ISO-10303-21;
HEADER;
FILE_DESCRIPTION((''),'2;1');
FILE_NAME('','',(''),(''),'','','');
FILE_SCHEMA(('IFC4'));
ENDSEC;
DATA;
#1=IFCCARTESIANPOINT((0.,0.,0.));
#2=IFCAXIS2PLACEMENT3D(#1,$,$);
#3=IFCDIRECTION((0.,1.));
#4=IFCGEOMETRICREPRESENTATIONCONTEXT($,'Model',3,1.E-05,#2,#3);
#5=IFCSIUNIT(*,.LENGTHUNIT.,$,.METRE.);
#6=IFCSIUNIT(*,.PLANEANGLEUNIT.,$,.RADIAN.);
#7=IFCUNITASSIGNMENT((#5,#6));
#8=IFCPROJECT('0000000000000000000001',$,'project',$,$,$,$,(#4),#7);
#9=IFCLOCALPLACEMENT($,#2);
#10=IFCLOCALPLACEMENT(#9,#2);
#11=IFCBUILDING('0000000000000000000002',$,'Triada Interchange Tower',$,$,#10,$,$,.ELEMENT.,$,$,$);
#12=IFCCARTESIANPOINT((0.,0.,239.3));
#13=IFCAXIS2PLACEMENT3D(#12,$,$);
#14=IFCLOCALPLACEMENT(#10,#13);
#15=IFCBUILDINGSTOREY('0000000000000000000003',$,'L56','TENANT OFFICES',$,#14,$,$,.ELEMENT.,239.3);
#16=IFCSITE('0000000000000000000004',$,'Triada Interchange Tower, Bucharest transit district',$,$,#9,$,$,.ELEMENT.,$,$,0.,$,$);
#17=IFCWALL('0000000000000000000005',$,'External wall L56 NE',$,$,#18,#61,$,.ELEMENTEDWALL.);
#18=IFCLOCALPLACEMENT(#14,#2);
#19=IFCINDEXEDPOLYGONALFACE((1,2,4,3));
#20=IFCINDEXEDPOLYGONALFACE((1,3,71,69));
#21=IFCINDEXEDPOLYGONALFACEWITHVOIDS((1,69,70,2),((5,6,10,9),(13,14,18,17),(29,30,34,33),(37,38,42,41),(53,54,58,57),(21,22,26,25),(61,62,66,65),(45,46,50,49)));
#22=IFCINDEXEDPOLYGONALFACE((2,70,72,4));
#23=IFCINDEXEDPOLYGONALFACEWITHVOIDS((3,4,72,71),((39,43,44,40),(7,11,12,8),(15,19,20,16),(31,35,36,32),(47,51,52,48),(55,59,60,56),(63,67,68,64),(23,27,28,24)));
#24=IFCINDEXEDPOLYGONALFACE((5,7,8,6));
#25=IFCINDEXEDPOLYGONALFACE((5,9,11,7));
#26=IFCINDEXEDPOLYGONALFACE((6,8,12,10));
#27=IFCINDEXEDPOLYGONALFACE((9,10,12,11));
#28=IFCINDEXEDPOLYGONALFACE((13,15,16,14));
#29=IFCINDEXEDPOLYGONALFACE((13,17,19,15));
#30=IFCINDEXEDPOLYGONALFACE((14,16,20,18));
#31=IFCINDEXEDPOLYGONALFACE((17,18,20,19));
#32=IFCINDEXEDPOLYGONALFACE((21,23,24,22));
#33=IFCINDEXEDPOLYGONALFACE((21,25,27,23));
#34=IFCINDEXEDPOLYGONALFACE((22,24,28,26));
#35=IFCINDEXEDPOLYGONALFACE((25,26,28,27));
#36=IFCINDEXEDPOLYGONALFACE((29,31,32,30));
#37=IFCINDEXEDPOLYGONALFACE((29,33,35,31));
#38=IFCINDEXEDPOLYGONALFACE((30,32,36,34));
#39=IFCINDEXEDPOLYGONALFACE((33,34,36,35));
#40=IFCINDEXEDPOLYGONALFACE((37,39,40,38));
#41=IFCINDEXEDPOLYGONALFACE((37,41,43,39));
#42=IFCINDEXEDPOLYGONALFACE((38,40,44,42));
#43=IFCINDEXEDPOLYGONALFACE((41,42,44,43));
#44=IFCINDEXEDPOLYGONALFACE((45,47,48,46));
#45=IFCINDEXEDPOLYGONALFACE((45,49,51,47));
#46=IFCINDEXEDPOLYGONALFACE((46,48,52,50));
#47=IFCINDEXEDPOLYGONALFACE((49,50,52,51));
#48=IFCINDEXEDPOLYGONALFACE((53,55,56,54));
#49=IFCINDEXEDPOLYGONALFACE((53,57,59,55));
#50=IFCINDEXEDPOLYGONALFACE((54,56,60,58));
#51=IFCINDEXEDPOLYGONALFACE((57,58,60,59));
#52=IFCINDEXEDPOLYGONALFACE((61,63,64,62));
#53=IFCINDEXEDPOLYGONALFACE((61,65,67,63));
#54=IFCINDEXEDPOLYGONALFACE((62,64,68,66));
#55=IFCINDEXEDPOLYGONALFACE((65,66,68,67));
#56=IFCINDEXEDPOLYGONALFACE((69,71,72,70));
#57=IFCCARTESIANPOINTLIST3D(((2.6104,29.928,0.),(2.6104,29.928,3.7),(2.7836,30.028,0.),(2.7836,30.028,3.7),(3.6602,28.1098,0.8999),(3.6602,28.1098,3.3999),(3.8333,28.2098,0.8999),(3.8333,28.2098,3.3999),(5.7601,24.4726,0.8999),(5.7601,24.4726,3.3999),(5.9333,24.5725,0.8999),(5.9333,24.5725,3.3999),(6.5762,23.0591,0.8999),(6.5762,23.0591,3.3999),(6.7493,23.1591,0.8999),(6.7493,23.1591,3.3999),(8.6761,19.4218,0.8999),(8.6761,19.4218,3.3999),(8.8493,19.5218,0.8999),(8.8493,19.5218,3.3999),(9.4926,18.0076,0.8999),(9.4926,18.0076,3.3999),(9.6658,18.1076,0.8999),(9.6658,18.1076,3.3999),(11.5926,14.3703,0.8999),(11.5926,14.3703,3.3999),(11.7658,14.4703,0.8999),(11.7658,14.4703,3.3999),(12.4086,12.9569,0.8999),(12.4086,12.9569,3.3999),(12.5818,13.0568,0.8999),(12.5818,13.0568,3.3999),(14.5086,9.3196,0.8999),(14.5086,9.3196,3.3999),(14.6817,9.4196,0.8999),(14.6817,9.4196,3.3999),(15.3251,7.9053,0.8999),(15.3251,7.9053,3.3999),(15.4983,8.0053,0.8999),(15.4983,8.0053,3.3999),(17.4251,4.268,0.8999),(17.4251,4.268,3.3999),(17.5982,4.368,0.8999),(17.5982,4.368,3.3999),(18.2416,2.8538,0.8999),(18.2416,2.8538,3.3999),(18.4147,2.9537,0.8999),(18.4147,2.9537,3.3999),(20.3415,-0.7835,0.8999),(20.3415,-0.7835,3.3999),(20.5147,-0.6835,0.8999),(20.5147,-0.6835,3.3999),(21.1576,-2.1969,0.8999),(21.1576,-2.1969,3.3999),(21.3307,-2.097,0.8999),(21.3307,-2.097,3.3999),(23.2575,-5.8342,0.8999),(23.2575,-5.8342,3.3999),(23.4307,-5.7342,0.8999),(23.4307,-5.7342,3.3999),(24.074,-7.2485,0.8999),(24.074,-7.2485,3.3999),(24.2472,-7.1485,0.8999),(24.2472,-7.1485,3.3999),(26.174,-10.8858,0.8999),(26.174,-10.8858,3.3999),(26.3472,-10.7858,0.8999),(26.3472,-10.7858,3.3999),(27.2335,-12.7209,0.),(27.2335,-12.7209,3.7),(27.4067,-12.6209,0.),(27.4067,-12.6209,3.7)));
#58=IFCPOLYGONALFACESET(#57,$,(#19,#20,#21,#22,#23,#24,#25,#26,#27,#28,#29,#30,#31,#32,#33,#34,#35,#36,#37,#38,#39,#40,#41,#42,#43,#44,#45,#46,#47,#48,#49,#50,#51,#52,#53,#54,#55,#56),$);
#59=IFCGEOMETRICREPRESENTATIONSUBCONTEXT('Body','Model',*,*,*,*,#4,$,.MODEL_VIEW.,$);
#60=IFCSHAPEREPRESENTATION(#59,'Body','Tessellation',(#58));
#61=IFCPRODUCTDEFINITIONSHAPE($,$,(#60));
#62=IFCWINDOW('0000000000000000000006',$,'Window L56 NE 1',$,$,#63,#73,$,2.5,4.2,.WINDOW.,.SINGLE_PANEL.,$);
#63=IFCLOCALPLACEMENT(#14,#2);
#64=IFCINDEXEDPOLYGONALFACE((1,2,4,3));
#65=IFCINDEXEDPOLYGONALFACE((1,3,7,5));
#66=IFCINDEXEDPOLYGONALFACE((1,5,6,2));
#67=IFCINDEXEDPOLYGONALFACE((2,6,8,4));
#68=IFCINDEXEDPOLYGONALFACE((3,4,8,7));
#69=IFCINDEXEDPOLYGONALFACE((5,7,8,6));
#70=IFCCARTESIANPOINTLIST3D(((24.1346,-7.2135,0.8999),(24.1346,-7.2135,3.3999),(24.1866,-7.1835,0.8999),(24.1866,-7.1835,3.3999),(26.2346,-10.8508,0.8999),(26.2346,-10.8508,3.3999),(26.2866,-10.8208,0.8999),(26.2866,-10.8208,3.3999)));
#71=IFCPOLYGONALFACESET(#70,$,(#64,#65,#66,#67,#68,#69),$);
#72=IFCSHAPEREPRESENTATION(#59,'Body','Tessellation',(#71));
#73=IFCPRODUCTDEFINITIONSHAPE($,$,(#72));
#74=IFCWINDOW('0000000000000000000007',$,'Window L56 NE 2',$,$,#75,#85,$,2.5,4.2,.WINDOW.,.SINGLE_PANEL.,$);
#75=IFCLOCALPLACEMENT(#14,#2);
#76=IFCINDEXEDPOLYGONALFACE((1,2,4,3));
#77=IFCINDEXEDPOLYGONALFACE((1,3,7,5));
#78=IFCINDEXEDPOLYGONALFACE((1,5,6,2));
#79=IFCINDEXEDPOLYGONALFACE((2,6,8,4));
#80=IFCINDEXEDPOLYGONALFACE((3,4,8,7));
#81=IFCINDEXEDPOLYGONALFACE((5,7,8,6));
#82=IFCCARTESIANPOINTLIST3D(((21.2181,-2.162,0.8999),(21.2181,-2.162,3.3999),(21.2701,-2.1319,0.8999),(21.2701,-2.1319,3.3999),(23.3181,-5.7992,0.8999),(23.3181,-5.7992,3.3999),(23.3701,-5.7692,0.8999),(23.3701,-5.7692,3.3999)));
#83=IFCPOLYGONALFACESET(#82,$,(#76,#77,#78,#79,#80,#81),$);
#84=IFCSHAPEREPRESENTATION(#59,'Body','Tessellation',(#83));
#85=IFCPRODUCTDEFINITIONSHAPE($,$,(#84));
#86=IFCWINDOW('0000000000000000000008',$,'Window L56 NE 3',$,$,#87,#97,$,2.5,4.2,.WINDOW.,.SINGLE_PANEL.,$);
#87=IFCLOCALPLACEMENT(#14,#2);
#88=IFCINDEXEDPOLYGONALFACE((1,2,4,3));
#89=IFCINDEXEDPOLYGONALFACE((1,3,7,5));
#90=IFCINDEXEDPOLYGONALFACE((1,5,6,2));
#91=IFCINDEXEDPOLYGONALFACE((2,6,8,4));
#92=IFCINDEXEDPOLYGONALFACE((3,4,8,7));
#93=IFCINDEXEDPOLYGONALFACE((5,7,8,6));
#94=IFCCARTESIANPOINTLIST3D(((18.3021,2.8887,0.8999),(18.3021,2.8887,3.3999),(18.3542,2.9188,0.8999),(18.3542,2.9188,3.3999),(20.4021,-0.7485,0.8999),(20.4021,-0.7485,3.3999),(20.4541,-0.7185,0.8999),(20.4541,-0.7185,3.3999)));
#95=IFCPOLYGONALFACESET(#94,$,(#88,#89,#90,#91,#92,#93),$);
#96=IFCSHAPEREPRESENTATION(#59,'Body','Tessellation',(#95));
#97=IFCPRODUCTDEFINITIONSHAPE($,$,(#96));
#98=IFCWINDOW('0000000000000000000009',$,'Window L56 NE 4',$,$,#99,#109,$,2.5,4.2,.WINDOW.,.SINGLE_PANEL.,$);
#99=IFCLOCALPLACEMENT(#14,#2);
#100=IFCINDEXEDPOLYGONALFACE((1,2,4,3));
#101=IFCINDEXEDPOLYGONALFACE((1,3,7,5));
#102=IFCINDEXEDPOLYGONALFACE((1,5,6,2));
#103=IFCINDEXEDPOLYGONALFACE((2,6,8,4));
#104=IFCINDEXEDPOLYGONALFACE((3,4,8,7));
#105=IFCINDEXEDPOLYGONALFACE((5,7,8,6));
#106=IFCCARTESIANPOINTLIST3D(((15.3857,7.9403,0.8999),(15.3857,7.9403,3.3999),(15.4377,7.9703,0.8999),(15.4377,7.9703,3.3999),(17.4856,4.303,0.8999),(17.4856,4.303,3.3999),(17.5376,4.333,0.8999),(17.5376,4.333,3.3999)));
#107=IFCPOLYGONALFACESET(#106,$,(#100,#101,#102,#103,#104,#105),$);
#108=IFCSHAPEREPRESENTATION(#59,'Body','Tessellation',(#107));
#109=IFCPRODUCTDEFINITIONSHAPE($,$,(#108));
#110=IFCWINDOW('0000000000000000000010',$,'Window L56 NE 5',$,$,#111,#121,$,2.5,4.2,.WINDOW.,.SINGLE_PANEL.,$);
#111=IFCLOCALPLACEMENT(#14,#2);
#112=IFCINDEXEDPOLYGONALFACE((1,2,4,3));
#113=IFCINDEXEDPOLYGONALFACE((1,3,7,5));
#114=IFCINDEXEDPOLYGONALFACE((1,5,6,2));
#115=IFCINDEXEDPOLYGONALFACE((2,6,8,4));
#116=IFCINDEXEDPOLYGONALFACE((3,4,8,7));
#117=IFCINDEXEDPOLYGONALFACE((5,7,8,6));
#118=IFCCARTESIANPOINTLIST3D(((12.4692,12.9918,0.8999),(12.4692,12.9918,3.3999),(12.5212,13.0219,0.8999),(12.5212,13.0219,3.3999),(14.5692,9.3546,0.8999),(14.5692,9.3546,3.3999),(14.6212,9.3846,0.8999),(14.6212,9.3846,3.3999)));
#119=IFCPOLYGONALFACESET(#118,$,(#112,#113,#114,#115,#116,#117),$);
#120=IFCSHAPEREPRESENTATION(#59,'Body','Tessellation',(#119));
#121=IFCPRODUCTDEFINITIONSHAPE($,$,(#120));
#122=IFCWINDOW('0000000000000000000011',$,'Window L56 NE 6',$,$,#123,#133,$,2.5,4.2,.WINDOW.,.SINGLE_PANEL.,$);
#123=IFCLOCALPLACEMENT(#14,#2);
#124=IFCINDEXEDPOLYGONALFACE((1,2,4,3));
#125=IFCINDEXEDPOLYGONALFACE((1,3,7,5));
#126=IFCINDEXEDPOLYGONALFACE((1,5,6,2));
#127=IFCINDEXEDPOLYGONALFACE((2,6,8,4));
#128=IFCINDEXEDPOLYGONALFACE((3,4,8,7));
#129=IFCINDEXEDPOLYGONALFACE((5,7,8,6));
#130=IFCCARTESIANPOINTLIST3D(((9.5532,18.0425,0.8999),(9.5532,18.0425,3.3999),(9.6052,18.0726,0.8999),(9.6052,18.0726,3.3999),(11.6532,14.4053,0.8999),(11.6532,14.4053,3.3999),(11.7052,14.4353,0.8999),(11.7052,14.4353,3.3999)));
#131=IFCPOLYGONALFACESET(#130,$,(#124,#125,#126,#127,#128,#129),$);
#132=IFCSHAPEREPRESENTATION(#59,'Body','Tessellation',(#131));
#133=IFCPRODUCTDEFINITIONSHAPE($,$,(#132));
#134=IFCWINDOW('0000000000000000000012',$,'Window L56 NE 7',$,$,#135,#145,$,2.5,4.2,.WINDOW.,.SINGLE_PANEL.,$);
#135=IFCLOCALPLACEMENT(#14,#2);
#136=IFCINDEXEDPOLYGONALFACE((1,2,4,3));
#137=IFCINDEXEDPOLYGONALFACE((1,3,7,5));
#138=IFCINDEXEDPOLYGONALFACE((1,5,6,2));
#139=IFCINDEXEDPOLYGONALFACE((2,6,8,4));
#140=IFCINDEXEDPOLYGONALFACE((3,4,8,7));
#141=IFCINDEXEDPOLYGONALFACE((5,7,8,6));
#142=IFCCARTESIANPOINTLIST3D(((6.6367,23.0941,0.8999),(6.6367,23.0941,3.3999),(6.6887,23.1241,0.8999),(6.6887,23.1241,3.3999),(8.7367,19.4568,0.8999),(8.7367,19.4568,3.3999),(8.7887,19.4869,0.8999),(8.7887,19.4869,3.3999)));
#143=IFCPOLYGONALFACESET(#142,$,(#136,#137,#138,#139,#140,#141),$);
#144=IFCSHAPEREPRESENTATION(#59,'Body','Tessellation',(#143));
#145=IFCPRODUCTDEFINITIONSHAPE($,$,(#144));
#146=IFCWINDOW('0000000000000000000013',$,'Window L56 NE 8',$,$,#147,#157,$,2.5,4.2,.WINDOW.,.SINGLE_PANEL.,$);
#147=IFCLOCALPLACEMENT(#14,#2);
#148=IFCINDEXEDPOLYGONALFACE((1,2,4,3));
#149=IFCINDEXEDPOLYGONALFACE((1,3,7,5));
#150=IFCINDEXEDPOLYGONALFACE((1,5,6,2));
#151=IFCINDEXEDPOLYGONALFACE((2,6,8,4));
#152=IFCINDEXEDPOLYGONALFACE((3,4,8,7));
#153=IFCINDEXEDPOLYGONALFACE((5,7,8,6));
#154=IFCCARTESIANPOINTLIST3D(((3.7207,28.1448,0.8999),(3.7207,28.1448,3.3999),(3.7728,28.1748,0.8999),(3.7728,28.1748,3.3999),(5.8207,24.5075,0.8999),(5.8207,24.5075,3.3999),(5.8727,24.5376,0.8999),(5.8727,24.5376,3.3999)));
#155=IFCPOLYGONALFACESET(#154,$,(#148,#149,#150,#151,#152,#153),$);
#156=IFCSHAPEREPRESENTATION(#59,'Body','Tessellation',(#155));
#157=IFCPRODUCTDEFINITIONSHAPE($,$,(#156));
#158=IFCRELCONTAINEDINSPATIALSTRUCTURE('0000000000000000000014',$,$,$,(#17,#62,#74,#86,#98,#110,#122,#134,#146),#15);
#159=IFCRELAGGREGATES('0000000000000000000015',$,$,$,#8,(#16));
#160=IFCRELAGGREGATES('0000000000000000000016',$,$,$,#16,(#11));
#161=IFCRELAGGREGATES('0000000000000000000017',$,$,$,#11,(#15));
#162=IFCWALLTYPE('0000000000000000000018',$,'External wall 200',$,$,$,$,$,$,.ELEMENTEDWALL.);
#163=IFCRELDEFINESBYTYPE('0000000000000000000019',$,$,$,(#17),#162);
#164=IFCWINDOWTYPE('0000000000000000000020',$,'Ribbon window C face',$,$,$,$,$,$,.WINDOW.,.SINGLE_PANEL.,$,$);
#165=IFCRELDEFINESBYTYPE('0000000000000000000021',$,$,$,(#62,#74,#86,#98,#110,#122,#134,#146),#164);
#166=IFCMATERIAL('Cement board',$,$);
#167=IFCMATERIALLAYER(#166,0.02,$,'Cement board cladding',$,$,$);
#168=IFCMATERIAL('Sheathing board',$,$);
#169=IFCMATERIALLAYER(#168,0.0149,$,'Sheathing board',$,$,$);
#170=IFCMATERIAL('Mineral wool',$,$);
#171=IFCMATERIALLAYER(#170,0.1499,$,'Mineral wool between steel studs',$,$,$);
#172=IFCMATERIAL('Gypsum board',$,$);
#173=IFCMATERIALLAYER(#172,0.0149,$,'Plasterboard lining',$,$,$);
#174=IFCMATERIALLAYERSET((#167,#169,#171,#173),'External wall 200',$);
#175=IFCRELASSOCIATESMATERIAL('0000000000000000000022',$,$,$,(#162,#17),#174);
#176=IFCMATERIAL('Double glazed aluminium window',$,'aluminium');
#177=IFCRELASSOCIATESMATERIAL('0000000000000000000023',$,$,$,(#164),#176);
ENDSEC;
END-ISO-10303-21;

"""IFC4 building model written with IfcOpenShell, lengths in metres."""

from ifc_helpers import new_model, si_unit, direction, frame, frame_2d, origin, place, context, subcontext, project, spatial, rectangle, extrude, material, layer, layer_set, layer_usage, type_object, element, fill, save


model = new_model("IFC4")

# Units and contexts
model_context = context("Model", 3, precision=1e-05, world=origin(), true_north=direction((0.0, 1.0)))
body_context = subcontext(model_context, "Body", "Model", "MODEL_VIEW")
ifc_project = project(units=[si_unit("LENGTHUNIT", "METRE"), si_unit("PLANEANGLEUNIT", "RADIAN")], contexts=[model_context])

# Site, building, storey
site_placement = place(None, origin())
site = spatial("IfcSite", under=ifc_project, at=site_placement, Name="Triada Interchange Tower, Bucharest transit district", CompositionType="ELEMENT", RefElevation=0.0)
building_placement = place(site_placement, origin())
building = spatial("IfcBuilding", under=site, at=building_placement, Name="Triada Interchange Tower", CompositionType="ELEMENT")
storey_placement = place(building_placement, frame((0.0, 0.0, 239.3)))
storey = spatial("IfcBuildingStorey", under=building, at=storey_placement, Name="L56", Description="TENANT OFFICES", CompositionType="ELEMENT", Elevation=239.3)

# Shared definitions
ifc_material_1 = material(Name="Cement board")
ifc_layer_1 = layer(ifc_material_1, 0.02, Name="Cement board cladding")
ifc_material_2 = material(Name="Sheathing board")
ifc_layer_2 = layer(ifc_material_2, 0.0149, Name="Sheathing board")
ifc_material_3 = material(Name="Mineral wool")
ifc_layer_3 = layer(ifc_material_3, 0.1499, Name="Mineral wool between steel studs")
ifc_material_4 = material(Name="Gypsum board")
ifc_layer_4 = layer(ifc_material_4, 0.0149, Name="Plasterboard lining")
ifc_layer_set_1 = layer_set([ifc_layer_1, ifc_layer_2, ifc_layer_3, ifc_layer_4], Name="External wall 200")
ifc_layer_usage = layer_usage(ifc_layer_set_1, "AXIS2", "POSITIVE", -0.1001)
wall_type_1 = type_object("IfcWallType", Name="External wall 200", PredefinedType="ELEMENTEDWALL", material=ifc_layer_set_1)
ifc_material_5 = material(Name="Double glazed aluminium window", Category="aluminium")

# Wall, openings, windows
wall_1_placement = place(storey_placement, frame((27.3201, -12.6709, 0.0), z_axis=(0.0, 0.0, 1.0), x_axis=(-0.499995, 0.866028, 0.0)))
wall_1 = element("IfcWall", 1, at=wall_1_placement, inside=storey, type_object=wall_type_1, material=ifc_layer_usage, Name="External wall L56 NE", PredefinedType="ELEMENTEDWALL", context=body_context, shape_type="SweptSolid", body=[
    extrude(rectangle(XDim=49.2466, YDim=0.2, at=frame_2d((24.6233, 0.0))), origin(), (0.0, 0.0, 1.0), 3.7),
])
opening_1_placement = place(wall_1_placement, frame((2.1189, 0.0, 0.8999)))
opening_1 = element("IfcOpeningElement", 2, at=opening_1_placement, cuts=wall_1, PredefinedType="OPENING", context=body_context, shape_type="SweptSolid", body=[
    extrude(rectangle(XDim=4.2, YDim=2.5, at=frame_2d((2.1001, 1.25))), frame((0.0, 0.1099, 0.0), z_axis=(0.0, -1.0, 0.0), x_axis=(1.0, 0.0, 0.0)), (0.0, 0.0, 1.0), 0.22),
])
opening_2_placement = place(wall_1_placement, frame((7.9519, 0.0, 0.8999)))
opening_2 = element("IfcOpeningElement", 3, at=opening_2_placement, cuts=wall_1, PredefinedType="OPENING", context=body_context, shape_type="SweptSolid", body=[
    extrude(rectangle(XDim=4.2, YDim=2.5, at=frame_2d((2.1001, 1.25))), frame((0.0, 0.1099, 0.0), z_axis=(0.0, -1.0, 0.0), x_axis=(1.0, 0.0, 0.0)), (0.0, 0.0, 1.0), 0.22),
])
opening_3_placement = place(wall_1_placement, frame((13.7839, 0.0, 0.8999)))
opening_3 = element("IfcOpeningElement", 4, at=opening_3_placement, cuts=wall_1, PredefinedType="OPENING", context=body_context, shape_type="SweptSolid", body=[
    extrude(rectangle(XDim=4.2, YDim=2.5, at=frame_2d((2.1001, 1.25))), frame((0.0, 0.1099, 0.0), z_axis=(0.0, -1.0, 0.0), x_axis=(1.0, 0.0, 0.0)), (0.0, 0.0, 1.0), 0.22),
])
opening_4_placement = place(wall_1_placement, frame((19.6169, 0.0, 0.8999)))
opening_4 = element("IfcOpeningElement", 5, at=opening_4_placement, cuts=wall_1, PredefinedType="OPENING", context=body_context, shape_type="SweptSolid", body=[
    extrude(rectangle(XDim=4.2, YDim=2.5, at=frame_2d((2.1001, 1.25))), frame((0.0, 0.1099, 0.0), z_axis=(0.0, -1.0, 0.0), x_axis=(1.0, 0.0, 0.0)), (0.0, 0.0, 1.0), 0.22),
])
opening_5_placement = place(wall_1_placement, frame((25.45, 0.0, 0.8999)))
opening_5 = element("IfcOpeningElement", 6, at=opening_5_placement, cuts=wall_1, PredefinedType="OPENING", context=body_context, shape_type="SweptSolid", body=[
    extrude(rectangle(XDim=4.2, YDim=2.5, at=frame_2d((2.1001, 1.25))), frame((0.0, 0.1099, 0.0), z_axis=(0.0, -1.0, 0.0), x_axis=(1.0, 0.0, 0.0)), (0.0, 0.0, 1.0), 0.22),
])
opening_6_placement = place(wall_1_placement, frame((31.282, 0.0, 0.8999)))
opening_6 = element("IfcOpeningElement", 7, at=opening_6_placement, cuts=wall_1, PredefinedType="OPENING", context=body_context, shape_type="SweptSolid", body=[
    extrude(rectangle(XDim=4.2, YDim=2.5, at=frame_2d((2.1001, 1.25))), frame((0.0, 0.1099, 0.0), z_axis=(0.0, -1.0, 0.0), x_axis=(1.0, 0.0, 0.0)), (0.0, 0.0, 1.0), 0.22),
])
opening_7_placement = place(wall_1_placement, frame((37.115, 0.0, 0.8999)))
opening_7 = element("IfcOpeningElement", 8, at=opening_7_placement, cuts=wall_1, PredefinedType="OPENING", context=body_context, shape_type="SweptSolid", body=[
    extrude(rectangle(XDim=4.2, YDim=2.5, at=frame_2d((2.1001, 1.25))), frame((0.0, 0.1099, 0.0), z_axis=(0.0, -1.0, 0.0), x_axis=(1.0, 0.0, 0.0)), (0.0, 0.0, 1.0), 0.22),
])
opening_8_placement = place(wall_1_placement, frame((42.947, 0.0, 0.8999)))
opening_8 = element("IfcOpeningElement", 9, at=opening_8_placement, cuts=wall_1, PredefinedType="OPENING", context=body_context, shape_type="SweptSolid", body=[
    extrude(rectangle(XDim=4.2, YDim=2.5, at=frame_2d((2.1001, 1.25))), frame((0.0, 0.1099, 0.0), z_axis=(0.0, -1.0, 0.0), x_axis=(1.0, 0.0, 0.0)), (0.0, 0.0, 1.0), 0.22),
])
window_type_1 = type_object("IfcWindowType", Name="Ribbon window C face", PartitioningType="SINGLE_PANEL", PredefinedType="WINDOW", material=ifc_material_5)
window_1_placement = place(opening_1_placement, origin())
window_1 = element("IfcWindow", 10, at=window_1_placement, inside=storey, type_object=window_type_1, Name="Window L56 NE 1", OverallHeight=2.5, OverallWidth=4.2, PartitioningType="SINGLE_PANEL", PredefinedType="WINDOW", context=body_context, shape_type="SweptSolid", body=[
    extrude(rectangle(XDim=4.2, YDim=2.5, at=frame_2d((2.1001, 1.25))), frame((0.0, 0.03, 0.0), z_axis=(0.0, -1.0, 0.0), x_axis=(1.0, 0.0, 0.0)), (0.0, 0.0, 1.0), 0.0601),
])
fill(opening_1, window_1)
window_2_placement = place(opening_2_placement, origin())
window_2 = element("IfcWindow", 11, at=window_2_placement, inside=storey, type_object=window_type_1, Name="Window L56 NE 2", OverallHeight=2.5, OverallWidth=4.2, PartitioningType="SINGLE_PANEL", PredefinedType="WINDOW", context=body_context, shape_type="SweptSolid", body=[
    extrude(rectangle(XDim=4.2, YDim=2.5, at=frame_2d((2.1001, 1.25))), frame((0.0, 0.03, 0.0), z_axis=(0.0, -1.0, 0.0), x_axis=(1.0, 0.0, 0.0)), (0.0, 0.0, 1.0), 0.0601),
])
fill(opening_2, window_2)
window_3_placement = place(opening_3_placement, origin())
window_3 = element("IfcWindow", 12, at=window_3_placement, inside=storey, type_object=window_type_1, Name="Window L56 NE 3", OverallHeight=2.5, OverallWidth=4.2, PartitioningType="SINGLE_PANEL", PredefinedType="WINDOW", context=body_context, shape_type="SweptSolid", body=[
    extrude(rectangle(XDim=4.2, YDim=2.5, at=frame_2d((2.1001, 1.25))), frame((0.0, 0.03, 0.0), z_axis=(0.0, -1.0, 0.0), x_axis=(1.0, 0.0, 0.0)), (0.0, 0.0, 1.0), 0.0601),
])
fill(opening_3, window_3)
window_4_placement = place(opening_4_placement, origin())
window_4 = element("IfcWindow", 13, at=window_4_placement, inside=storey, type_object=window_type_1, Name="Window L56 NE 4", OverallHeight=2.5, OverallWidth=4.2, PartitioningType="SINGLE_PANEL", PredefinedType="WINDOW", context=body_context, shape_type="SweptSolid", body=[
    extrude(rectangle(XDim=4.2, YDim=2.5, at=frame_2d((2.1001, 1.25))), frame((0.0, 0.03, 0.0), z_axis=(0.0, -1.0, 0.0), x_axis=(1.0, 0.0, 0.0)), (0.0, 0.0, 1.0), 0.0601),
])
fill(opening_4, window_4)
window_5_placement = place(opening_5_placement, origin())
window_5 = element("IfcWindow", 14, at=window_5_placement, inside=storey, type_object=window_type_1, Name="Window L56 NE 5", OverallHeight=2.5, OverallWidth=4.2, PartitioningType="SINGLE_PANEL", PredefinedType="WINDOW", context=body_context, shape_type="SweptSolid", body=[
    extrude(rectangle(XDim=4.2, YDim=2.5, at=frame_2d((2.1001, 1.25))), frame((0.0, 0.03, 0.0), z_axis=(0.0, -1.0, 0.0), x_axis=(1.0, 0.0, 0.0)), (0.0, 0.0, 1.0), 0.0601),
])
fill(opening_5, window_5)
window_6_placement = place(opening_6_placement, origin())
window_6 = element("IfcWindow", 15, at=window_6_placement, inside=storey, type_object=window_type_1, Name="Window L56 NE 6", OverallHeight=2.5, OverallWidth=4.2, PartitioningType="SINGLE_PANEL", PredefinedType="WINDOW", context=body_context, shape_type="SweptSolid", body=[
    extrude(rectangle(XDim=4.2, YDim=2.5, at=frame_2d((2.1001, 1.25))), frame((0.0, 0.03, 0.0), z_axis=(0.0, -1.0, 0.0), x_axis=(1.0, 0.0, 0.0)), (0.0, 0.0, 1.0), 0.0601),
])
fill(opening_6, window_6)
window_7_placement = place(opening_7_placement, origin())
window_7 = element("IfcWindow", 16, at=window_7_placement, inside=storey, type_object=window_type_1, Name="Window L56 NE 7", OverallHeight=2.5, OverallWidth=4.2, PartitioningType="SINGLE_PANEL", PredefinedType="WINDOW", context=body_context, shape_type="SweptSolid", body=[
    extrude(rectangle(XDim=4.2, YDim=2.5, at=frame_2d((2.1001, 1.25))), frame((0.0, 0.03, 0.0), z_axis=(0.0, -1.0, 0.0), x_axis=(1.0, 0.0, 0.0)), (0.0, 0.0, 1.0), 0.0601),
])
fill(opening_7, window_7)
window_8_placement = place(opening_8_placement, origin())
window_8 = element("IfcWindow", 17, at=window_8_placement, inside=storey, type_object=window_type_1, Name="Window L56 NE 8", OverallHeight=2.5, OverallWidth=4.2, PartitioningType="SINGLE_PANEL", PredefinedType="WINDOW", context=body_context, shape_type="SweptSolid", body=[
    extrude(rectangle(XDim=4.2, YDim=2.5, at=frame_2d((2.1001, 1.25))), frame((0.0, 0.03, 0.0), z_axis=(0.0, -1.0, 0.0), x_axis=(1.0, 0.0, 0.0)), (0.0, 0.0, 1.0), 0.0601),
])
fill(opening_8, window_8)

save(model, "model.ifc")
